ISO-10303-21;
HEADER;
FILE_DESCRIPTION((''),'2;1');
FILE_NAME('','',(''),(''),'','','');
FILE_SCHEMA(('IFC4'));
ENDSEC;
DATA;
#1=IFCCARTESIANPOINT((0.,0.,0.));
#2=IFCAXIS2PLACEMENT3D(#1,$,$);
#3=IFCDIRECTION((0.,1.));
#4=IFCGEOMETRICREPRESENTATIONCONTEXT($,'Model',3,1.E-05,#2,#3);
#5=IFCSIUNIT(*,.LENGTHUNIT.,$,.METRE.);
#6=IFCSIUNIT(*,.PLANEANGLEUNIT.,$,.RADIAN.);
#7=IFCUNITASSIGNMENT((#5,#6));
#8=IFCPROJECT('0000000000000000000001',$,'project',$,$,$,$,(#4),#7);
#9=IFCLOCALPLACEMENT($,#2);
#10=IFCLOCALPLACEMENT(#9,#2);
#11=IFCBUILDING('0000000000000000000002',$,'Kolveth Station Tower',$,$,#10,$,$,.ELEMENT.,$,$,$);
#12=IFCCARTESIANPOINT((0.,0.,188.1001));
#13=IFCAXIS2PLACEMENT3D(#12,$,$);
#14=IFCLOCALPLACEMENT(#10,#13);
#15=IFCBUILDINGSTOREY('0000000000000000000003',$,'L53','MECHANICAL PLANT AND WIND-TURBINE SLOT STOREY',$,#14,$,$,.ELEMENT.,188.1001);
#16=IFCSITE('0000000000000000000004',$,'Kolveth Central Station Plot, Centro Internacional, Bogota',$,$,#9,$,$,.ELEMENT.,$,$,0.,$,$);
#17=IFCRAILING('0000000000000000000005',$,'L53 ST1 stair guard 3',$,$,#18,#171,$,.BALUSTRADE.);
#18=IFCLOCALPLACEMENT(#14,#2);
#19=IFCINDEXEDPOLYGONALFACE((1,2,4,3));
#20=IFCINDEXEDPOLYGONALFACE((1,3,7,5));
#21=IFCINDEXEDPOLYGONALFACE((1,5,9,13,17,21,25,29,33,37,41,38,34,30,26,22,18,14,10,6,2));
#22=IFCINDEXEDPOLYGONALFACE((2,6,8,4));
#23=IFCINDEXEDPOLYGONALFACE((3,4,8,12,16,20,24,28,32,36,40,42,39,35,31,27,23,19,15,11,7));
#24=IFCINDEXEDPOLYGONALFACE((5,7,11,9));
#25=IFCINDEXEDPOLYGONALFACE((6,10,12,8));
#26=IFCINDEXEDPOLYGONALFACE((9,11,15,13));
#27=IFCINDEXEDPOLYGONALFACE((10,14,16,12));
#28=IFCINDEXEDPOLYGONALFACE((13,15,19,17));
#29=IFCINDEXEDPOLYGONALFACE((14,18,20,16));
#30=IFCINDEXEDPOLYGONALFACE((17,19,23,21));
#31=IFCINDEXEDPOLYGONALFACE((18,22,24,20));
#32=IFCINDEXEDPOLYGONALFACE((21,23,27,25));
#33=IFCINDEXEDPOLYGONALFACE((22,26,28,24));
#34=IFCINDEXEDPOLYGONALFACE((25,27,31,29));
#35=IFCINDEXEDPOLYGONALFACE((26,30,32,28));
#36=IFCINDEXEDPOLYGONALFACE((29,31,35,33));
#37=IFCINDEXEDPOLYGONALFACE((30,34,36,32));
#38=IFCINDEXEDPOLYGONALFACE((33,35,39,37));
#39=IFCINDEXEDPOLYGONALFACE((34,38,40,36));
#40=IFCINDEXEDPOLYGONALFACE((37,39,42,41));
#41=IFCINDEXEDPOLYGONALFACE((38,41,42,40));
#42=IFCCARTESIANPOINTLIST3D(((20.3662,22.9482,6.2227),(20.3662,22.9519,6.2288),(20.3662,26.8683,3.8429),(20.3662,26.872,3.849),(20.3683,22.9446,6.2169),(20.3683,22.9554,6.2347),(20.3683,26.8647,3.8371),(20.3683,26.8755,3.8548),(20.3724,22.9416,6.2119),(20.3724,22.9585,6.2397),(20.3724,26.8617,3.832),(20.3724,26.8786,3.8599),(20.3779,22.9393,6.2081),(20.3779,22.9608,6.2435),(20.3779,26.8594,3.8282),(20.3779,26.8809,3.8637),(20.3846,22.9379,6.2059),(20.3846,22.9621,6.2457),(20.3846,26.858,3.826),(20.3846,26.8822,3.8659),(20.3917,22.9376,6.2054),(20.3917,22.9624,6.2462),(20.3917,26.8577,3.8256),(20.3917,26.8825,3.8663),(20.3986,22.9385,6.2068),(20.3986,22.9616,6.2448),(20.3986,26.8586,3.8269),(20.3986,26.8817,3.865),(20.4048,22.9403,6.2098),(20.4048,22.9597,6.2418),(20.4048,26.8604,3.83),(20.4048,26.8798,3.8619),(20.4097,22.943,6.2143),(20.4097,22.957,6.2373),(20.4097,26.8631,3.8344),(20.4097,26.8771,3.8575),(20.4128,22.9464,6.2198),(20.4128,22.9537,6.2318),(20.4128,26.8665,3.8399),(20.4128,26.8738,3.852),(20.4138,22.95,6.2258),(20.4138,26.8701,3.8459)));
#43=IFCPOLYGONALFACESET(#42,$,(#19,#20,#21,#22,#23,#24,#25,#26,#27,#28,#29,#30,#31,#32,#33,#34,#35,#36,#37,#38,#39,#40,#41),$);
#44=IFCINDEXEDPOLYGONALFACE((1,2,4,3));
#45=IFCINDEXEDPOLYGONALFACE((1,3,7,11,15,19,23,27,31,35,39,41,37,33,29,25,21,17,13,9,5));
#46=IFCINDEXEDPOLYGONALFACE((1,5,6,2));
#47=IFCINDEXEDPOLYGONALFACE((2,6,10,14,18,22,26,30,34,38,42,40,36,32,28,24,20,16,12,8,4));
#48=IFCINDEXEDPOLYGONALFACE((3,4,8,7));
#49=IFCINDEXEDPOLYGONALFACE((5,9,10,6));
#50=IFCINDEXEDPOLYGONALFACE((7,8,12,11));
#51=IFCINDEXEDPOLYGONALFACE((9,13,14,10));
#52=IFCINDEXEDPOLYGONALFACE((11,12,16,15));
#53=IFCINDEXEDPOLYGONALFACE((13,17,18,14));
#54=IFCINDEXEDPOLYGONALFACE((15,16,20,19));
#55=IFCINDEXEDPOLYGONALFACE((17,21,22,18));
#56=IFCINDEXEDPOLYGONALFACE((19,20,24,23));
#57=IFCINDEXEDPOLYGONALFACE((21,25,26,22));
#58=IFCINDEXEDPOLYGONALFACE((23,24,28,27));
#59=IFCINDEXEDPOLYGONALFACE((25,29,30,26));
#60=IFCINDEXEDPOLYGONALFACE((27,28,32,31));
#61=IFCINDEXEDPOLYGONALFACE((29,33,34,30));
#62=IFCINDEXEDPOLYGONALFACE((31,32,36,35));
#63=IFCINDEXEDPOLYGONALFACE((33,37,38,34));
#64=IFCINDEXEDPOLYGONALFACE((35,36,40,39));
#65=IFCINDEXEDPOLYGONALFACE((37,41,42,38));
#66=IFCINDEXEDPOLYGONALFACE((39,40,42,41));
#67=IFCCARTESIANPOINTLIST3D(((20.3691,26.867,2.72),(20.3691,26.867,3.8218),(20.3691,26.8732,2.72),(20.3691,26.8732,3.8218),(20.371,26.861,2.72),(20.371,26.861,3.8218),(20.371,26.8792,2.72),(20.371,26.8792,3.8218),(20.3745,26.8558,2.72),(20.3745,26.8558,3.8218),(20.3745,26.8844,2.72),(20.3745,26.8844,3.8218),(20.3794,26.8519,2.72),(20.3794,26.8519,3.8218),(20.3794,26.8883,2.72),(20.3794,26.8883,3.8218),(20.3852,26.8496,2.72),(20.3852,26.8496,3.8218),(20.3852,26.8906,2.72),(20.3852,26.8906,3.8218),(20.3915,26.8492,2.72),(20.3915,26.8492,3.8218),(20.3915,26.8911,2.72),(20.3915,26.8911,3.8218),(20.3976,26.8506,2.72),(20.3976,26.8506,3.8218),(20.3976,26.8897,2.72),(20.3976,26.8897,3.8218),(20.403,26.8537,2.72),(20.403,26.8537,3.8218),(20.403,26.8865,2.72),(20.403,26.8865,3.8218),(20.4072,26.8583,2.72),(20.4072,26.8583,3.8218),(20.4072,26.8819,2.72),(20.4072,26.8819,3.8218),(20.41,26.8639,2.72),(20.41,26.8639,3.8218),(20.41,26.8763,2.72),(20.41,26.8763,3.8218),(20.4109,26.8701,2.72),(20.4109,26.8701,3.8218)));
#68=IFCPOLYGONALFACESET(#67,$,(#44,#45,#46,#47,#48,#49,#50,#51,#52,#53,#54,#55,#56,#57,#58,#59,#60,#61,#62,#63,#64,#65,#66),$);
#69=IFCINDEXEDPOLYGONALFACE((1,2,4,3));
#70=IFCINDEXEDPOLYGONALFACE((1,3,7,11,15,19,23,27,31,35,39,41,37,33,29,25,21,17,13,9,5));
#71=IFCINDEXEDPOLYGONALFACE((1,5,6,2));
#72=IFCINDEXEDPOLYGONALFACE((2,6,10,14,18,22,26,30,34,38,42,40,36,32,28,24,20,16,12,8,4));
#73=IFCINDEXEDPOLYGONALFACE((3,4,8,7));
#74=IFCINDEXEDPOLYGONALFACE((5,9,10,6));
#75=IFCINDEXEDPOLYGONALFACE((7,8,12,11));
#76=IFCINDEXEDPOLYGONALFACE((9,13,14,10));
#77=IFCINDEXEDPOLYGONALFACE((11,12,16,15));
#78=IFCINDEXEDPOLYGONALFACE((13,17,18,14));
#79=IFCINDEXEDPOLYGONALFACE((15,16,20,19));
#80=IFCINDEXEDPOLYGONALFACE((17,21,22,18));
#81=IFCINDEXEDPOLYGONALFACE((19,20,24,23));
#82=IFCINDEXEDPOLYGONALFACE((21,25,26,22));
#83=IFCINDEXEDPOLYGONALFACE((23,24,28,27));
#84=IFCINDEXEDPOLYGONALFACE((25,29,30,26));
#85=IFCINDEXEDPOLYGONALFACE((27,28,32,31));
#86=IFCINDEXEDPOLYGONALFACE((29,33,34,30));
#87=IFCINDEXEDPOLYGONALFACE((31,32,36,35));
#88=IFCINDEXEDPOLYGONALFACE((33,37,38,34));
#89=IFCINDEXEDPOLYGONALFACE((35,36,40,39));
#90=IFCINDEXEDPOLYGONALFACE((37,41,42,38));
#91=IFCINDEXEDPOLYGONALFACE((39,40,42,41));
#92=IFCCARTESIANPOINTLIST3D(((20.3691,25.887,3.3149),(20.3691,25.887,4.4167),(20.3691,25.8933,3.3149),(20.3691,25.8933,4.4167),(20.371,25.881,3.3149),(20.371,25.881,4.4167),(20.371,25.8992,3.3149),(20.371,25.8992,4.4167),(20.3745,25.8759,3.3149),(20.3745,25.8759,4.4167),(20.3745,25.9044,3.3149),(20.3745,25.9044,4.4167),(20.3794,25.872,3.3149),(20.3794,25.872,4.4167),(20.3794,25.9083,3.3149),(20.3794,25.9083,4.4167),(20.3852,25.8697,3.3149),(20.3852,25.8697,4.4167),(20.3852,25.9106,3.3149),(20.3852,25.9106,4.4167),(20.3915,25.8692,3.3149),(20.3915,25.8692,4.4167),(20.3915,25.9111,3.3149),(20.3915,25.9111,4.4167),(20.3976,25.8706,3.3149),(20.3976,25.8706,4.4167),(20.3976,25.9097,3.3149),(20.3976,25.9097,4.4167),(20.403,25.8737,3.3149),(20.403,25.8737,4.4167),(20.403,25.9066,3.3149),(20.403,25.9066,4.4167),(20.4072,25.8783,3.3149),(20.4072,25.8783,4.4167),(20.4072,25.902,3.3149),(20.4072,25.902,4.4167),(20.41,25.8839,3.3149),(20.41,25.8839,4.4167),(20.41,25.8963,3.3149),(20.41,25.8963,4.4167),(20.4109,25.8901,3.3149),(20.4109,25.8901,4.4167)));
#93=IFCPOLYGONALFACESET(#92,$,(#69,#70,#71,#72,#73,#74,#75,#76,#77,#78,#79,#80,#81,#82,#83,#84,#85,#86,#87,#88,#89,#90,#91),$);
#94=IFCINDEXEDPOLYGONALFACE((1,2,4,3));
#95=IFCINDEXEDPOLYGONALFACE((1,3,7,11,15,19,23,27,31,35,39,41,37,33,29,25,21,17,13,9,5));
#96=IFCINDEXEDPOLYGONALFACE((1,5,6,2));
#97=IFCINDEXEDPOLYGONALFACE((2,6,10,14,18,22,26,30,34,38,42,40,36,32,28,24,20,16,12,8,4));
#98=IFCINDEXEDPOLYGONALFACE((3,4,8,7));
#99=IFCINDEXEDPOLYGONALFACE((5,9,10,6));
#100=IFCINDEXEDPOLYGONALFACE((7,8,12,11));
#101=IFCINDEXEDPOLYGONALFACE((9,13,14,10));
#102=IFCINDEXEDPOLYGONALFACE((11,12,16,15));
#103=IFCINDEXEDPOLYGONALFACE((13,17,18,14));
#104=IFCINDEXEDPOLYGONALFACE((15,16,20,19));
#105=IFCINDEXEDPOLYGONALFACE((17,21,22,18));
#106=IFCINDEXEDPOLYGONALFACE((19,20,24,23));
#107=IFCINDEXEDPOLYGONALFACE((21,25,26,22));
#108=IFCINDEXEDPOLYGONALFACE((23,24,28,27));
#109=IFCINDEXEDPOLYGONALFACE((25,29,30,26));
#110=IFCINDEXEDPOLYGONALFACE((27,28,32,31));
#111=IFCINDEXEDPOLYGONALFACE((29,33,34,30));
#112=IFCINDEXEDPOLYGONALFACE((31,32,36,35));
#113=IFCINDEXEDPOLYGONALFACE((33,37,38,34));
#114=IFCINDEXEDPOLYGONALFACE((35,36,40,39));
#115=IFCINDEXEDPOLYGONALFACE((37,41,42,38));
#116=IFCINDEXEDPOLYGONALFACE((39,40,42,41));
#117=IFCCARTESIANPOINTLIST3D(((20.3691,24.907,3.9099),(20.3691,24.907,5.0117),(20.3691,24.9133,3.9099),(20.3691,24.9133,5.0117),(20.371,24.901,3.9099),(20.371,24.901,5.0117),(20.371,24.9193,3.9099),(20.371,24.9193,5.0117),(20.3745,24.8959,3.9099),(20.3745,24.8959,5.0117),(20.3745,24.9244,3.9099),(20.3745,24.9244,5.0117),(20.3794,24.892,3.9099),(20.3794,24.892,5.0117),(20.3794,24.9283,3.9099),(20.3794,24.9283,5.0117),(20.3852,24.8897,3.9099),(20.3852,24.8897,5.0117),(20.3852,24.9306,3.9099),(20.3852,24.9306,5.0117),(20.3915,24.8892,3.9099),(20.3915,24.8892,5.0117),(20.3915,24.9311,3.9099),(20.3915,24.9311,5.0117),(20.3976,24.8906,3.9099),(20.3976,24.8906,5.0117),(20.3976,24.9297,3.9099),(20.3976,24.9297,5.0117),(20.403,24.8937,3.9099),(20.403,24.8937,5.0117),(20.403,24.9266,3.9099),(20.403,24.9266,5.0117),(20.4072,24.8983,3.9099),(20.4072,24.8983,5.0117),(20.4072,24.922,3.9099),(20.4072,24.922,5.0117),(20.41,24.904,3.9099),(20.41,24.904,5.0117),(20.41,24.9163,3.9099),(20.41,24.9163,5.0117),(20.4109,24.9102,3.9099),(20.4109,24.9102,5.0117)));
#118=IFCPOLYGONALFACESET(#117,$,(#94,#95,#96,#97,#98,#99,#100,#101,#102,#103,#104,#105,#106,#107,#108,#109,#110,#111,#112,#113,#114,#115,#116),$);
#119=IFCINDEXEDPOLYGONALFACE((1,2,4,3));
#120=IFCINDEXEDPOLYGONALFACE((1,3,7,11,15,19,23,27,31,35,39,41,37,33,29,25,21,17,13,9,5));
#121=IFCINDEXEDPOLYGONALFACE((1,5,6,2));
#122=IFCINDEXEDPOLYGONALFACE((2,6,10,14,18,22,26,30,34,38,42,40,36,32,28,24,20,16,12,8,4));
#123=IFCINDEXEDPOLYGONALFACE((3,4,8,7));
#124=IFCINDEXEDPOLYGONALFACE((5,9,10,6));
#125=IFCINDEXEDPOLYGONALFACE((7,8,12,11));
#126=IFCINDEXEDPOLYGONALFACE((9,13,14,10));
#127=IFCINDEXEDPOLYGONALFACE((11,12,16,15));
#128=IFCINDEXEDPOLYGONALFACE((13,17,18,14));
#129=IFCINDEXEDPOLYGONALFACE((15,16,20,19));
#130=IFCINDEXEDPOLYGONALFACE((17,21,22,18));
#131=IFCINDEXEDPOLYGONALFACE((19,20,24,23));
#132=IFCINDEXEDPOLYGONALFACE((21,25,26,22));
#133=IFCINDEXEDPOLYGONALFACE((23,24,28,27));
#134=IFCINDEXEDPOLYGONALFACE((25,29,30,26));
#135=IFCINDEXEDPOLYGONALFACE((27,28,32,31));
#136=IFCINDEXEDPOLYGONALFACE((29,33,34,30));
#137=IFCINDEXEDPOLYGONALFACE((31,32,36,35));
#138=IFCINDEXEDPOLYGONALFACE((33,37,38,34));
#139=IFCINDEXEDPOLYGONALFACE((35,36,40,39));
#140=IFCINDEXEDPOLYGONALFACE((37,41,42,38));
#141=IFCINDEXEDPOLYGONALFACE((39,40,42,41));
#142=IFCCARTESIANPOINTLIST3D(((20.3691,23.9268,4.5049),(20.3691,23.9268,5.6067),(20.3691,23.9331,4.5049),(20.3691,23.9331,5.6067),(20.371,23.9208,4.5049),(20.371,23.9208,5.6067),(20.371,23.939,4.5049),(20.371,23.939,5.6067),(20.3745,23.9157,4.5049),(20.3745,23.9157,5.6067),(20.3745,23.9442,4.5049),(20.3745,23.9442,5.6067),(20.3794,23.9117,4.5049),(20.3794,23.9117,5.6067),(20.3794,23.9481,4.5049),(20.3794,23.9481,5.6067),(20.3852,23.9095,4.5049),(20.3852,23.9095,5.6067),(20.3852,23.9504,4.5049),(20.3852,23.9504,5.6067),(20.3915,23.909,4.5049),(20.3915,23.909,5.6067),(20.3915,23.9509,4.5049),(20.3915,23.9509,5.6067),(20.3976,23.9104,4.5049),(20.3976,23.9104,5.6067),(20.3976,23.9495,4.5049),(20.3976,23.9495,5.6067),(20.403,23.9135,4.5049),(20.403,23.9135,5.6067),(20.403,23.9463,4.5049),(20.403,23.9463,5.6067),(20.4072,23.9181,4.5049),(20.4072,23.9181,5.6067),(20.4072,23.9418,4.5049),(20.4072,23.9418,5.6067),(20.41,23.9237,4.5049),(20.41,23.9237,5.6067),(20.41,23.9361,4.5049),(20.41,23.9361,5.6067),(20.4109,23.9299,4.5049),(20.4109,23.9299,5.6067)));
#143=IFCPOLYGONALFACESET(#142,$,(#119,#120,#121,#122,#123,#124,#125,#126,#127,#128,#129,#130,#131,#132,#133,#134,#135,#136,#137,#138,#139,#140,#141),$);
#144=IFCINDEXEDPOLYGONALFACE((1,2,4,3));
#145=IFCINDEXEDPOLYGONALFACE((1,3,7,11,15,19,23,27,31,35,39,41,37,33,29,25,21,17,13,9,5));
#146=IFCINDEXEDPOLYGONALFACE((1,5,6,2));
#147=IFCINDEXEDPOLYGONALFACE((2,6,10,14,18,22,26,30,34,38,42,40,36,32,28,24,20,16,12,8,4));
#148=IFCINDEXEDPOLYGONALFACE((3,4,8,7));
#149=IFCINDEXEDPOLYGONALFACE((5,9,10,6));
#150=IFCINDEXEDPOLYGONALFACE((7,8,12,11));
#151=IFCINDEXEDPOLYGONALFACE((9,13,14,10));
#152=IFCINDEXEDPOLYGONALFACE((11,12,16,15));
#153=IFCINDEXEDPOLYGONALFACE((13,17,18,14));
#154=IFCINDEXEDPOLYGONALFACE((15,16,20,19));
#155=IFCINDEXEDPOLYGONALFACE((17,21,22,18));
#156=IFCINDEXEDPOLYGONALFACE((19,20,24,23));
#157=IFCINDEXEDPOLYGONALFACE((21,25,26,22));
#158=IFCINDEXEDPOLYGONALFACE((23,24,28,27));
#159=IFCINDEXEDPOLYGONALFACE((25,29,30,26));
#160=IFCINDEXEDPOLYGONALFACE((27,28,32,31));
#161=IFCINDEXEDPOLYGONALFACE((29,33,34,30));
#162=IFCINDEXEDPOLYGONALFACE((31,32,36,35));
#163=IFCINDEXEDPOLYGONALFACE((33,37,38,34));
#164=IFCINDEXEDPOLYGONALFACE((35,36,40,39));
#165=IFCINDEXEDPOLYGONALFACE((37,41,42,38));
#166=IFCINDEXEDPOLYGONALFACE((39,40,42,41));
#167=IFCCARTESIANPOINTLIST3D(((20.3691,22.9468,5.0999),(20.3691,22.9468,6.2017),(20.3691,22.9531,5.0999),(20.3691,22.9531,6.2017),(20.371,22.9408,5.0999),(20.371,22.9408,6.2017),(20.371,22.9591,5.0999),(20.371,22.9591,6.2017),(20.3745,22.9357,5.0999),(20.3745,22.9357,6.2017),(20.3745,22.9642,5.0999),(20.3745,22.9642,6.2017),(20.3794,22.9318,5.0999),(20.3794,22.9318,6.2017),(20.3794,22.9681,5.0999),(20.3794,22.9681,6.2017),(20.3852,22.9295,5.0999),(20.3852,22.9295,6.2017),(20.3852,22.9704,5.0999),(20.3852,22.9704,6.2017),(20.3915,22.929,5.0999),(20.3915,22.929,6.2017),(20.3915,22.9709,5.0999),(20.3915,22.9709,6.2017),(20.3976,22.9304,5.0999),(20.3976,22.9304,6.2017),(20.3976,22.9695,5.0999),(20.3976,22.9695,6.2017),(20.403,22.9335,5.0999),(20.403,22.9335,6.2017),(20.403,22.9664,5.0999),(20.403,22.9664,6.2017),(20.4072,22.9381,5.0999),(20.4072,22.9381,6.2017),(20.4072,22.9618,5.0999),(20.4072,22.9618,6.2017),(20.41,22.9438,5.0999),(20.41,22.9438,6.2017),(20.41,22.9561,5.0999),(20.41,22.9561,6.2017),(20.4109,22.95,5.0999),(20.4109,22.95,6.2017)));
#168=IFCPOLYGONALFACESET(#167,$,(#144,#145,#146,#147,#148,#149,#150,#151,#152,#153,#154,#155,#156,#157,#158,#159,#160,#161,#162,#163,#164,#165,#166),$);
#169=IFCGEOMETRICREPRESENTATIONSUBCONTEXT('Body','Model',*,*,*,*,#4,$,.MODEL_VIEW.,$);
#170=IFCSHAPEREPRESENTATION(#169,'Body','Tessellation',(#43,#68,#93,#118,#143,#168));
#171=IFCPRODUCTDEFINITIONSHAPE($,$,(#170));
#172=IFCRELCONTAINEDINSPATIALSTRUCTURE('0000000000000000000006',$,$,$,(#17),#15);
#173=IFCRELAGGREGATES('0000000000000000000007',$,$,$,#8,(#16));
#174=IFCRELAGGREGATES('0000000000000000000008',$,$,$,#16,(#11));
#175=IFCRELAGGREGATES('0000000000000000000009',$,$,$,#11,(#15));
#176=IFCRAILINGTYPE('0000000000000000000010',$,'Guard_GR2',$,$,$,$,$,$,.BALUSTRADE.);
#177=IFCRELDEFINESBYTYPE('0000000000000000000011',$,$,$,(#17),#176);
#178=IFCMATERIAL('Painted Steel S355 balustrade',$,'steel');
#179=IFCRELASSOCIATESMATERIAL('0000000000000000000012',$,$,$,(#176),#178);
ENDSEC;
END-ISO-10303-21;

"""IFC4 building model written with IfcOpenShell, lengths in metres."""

from ifc_helpers import new_model, si_unit, direction, frame, origin, origin_2d, place, context, subcontext, project, spatial, circle, extrude, material, type_object, element, save


model = new_model("IFC4")

# Units and contexts
model_context = context("Model", 3, precision=1e-05, world=origin(), true_north=direction((0.0, 1.0)))
body_context = subcontext(model_context, "Body", "Model", "MODEL_VIEW")
ifc_project = project(units=[si_unit("LENGTHUNIT", "METRE"), si_unit("PLANEANGLEUNIT", "RADIAN")], contexts=[model_context])

# Site, building, storey
site_placement = place(None, origin())
site = spatial("IfcSite", under=ifc_project, at=site_placement, Name="Kolveth Central Station Plot, Centro Internacional, Bogota", CompositionType="ELEMENT", RefElevation=0.0)
building_placement = place(site_placement, origin())
building = spatial("IfcBuilding", under=site, at=building_placement, Name="Kolveth Station Tower", CompositionType="ELEMENT")
storey_placement = place(building_placement, frame((0.0, 0.0, 188.1001)))
storey = spatial("IfcBuildingStorey", under=building, at=storey_placement, Name="L53", Description="MECHANICAL PLANT AND WIND-TURBINE SLOT STOREY", CompositionType="ELEMENT", Elevation=188.1001)

# Railing
ifc_material_1 = material(Name="Painted Steel S355 balustrade", Category="steel")
railing_type_1 = type_object("IfcRailingType", Name="Guard_GR2", PredefinedType="BALUSTRADE", material=ifc_material_1)
railing_1_placement = place(storey_placement, frame((20.3899, 26.8701, 2.72)))
element("IfcRailing", 1, at=railing_1_placement, inside=storey, type_object=railing_type_1, Name="L53 ST1 stair guard 3", PredefinedType="BALUSTRADE", context=body_context, shape_type="SweptSolid", body=[
    extrude(circle(Radius=0.0239, at=origin_2d()), frame((0.0, 0.0, 1.126), z_axis=(0.0, -0.854809, 0.518943), x_axis=(1.0, 0.0, 0.0)), (0.0, 0.0, 1.0), 4.5859),
    extrude(circle(Radius=0.021, at=origin_2d()), origin(), (0.0, 0.0, 1.0), 1.1018),
    extrude(circle(Radius=0.021, at=origin_2d()), frame((0.0, -0.98, 0.595)), (0.0, 0.0, 1.0), 1.1018),
    extrude(circle(Radius=0.021, at=origin_2d()), frame((0.0, -1.96, 1.1899)), (0.0, 0.0, 1.0), 1.1018),
    extrude(circle(Radius=0.021, at=origin_2d()), frame((0.0, -2.9402, 1.7849)), (0.0, 0.0, 1.0), 1.1018),
    extrude(circle(Radius=0.021, at=origin_2d()), frame((0.0, -3.9202, 2.3799)), (0.0, 0.0, 1.0), 1.1018),
])

save(model, "model.ifc")
